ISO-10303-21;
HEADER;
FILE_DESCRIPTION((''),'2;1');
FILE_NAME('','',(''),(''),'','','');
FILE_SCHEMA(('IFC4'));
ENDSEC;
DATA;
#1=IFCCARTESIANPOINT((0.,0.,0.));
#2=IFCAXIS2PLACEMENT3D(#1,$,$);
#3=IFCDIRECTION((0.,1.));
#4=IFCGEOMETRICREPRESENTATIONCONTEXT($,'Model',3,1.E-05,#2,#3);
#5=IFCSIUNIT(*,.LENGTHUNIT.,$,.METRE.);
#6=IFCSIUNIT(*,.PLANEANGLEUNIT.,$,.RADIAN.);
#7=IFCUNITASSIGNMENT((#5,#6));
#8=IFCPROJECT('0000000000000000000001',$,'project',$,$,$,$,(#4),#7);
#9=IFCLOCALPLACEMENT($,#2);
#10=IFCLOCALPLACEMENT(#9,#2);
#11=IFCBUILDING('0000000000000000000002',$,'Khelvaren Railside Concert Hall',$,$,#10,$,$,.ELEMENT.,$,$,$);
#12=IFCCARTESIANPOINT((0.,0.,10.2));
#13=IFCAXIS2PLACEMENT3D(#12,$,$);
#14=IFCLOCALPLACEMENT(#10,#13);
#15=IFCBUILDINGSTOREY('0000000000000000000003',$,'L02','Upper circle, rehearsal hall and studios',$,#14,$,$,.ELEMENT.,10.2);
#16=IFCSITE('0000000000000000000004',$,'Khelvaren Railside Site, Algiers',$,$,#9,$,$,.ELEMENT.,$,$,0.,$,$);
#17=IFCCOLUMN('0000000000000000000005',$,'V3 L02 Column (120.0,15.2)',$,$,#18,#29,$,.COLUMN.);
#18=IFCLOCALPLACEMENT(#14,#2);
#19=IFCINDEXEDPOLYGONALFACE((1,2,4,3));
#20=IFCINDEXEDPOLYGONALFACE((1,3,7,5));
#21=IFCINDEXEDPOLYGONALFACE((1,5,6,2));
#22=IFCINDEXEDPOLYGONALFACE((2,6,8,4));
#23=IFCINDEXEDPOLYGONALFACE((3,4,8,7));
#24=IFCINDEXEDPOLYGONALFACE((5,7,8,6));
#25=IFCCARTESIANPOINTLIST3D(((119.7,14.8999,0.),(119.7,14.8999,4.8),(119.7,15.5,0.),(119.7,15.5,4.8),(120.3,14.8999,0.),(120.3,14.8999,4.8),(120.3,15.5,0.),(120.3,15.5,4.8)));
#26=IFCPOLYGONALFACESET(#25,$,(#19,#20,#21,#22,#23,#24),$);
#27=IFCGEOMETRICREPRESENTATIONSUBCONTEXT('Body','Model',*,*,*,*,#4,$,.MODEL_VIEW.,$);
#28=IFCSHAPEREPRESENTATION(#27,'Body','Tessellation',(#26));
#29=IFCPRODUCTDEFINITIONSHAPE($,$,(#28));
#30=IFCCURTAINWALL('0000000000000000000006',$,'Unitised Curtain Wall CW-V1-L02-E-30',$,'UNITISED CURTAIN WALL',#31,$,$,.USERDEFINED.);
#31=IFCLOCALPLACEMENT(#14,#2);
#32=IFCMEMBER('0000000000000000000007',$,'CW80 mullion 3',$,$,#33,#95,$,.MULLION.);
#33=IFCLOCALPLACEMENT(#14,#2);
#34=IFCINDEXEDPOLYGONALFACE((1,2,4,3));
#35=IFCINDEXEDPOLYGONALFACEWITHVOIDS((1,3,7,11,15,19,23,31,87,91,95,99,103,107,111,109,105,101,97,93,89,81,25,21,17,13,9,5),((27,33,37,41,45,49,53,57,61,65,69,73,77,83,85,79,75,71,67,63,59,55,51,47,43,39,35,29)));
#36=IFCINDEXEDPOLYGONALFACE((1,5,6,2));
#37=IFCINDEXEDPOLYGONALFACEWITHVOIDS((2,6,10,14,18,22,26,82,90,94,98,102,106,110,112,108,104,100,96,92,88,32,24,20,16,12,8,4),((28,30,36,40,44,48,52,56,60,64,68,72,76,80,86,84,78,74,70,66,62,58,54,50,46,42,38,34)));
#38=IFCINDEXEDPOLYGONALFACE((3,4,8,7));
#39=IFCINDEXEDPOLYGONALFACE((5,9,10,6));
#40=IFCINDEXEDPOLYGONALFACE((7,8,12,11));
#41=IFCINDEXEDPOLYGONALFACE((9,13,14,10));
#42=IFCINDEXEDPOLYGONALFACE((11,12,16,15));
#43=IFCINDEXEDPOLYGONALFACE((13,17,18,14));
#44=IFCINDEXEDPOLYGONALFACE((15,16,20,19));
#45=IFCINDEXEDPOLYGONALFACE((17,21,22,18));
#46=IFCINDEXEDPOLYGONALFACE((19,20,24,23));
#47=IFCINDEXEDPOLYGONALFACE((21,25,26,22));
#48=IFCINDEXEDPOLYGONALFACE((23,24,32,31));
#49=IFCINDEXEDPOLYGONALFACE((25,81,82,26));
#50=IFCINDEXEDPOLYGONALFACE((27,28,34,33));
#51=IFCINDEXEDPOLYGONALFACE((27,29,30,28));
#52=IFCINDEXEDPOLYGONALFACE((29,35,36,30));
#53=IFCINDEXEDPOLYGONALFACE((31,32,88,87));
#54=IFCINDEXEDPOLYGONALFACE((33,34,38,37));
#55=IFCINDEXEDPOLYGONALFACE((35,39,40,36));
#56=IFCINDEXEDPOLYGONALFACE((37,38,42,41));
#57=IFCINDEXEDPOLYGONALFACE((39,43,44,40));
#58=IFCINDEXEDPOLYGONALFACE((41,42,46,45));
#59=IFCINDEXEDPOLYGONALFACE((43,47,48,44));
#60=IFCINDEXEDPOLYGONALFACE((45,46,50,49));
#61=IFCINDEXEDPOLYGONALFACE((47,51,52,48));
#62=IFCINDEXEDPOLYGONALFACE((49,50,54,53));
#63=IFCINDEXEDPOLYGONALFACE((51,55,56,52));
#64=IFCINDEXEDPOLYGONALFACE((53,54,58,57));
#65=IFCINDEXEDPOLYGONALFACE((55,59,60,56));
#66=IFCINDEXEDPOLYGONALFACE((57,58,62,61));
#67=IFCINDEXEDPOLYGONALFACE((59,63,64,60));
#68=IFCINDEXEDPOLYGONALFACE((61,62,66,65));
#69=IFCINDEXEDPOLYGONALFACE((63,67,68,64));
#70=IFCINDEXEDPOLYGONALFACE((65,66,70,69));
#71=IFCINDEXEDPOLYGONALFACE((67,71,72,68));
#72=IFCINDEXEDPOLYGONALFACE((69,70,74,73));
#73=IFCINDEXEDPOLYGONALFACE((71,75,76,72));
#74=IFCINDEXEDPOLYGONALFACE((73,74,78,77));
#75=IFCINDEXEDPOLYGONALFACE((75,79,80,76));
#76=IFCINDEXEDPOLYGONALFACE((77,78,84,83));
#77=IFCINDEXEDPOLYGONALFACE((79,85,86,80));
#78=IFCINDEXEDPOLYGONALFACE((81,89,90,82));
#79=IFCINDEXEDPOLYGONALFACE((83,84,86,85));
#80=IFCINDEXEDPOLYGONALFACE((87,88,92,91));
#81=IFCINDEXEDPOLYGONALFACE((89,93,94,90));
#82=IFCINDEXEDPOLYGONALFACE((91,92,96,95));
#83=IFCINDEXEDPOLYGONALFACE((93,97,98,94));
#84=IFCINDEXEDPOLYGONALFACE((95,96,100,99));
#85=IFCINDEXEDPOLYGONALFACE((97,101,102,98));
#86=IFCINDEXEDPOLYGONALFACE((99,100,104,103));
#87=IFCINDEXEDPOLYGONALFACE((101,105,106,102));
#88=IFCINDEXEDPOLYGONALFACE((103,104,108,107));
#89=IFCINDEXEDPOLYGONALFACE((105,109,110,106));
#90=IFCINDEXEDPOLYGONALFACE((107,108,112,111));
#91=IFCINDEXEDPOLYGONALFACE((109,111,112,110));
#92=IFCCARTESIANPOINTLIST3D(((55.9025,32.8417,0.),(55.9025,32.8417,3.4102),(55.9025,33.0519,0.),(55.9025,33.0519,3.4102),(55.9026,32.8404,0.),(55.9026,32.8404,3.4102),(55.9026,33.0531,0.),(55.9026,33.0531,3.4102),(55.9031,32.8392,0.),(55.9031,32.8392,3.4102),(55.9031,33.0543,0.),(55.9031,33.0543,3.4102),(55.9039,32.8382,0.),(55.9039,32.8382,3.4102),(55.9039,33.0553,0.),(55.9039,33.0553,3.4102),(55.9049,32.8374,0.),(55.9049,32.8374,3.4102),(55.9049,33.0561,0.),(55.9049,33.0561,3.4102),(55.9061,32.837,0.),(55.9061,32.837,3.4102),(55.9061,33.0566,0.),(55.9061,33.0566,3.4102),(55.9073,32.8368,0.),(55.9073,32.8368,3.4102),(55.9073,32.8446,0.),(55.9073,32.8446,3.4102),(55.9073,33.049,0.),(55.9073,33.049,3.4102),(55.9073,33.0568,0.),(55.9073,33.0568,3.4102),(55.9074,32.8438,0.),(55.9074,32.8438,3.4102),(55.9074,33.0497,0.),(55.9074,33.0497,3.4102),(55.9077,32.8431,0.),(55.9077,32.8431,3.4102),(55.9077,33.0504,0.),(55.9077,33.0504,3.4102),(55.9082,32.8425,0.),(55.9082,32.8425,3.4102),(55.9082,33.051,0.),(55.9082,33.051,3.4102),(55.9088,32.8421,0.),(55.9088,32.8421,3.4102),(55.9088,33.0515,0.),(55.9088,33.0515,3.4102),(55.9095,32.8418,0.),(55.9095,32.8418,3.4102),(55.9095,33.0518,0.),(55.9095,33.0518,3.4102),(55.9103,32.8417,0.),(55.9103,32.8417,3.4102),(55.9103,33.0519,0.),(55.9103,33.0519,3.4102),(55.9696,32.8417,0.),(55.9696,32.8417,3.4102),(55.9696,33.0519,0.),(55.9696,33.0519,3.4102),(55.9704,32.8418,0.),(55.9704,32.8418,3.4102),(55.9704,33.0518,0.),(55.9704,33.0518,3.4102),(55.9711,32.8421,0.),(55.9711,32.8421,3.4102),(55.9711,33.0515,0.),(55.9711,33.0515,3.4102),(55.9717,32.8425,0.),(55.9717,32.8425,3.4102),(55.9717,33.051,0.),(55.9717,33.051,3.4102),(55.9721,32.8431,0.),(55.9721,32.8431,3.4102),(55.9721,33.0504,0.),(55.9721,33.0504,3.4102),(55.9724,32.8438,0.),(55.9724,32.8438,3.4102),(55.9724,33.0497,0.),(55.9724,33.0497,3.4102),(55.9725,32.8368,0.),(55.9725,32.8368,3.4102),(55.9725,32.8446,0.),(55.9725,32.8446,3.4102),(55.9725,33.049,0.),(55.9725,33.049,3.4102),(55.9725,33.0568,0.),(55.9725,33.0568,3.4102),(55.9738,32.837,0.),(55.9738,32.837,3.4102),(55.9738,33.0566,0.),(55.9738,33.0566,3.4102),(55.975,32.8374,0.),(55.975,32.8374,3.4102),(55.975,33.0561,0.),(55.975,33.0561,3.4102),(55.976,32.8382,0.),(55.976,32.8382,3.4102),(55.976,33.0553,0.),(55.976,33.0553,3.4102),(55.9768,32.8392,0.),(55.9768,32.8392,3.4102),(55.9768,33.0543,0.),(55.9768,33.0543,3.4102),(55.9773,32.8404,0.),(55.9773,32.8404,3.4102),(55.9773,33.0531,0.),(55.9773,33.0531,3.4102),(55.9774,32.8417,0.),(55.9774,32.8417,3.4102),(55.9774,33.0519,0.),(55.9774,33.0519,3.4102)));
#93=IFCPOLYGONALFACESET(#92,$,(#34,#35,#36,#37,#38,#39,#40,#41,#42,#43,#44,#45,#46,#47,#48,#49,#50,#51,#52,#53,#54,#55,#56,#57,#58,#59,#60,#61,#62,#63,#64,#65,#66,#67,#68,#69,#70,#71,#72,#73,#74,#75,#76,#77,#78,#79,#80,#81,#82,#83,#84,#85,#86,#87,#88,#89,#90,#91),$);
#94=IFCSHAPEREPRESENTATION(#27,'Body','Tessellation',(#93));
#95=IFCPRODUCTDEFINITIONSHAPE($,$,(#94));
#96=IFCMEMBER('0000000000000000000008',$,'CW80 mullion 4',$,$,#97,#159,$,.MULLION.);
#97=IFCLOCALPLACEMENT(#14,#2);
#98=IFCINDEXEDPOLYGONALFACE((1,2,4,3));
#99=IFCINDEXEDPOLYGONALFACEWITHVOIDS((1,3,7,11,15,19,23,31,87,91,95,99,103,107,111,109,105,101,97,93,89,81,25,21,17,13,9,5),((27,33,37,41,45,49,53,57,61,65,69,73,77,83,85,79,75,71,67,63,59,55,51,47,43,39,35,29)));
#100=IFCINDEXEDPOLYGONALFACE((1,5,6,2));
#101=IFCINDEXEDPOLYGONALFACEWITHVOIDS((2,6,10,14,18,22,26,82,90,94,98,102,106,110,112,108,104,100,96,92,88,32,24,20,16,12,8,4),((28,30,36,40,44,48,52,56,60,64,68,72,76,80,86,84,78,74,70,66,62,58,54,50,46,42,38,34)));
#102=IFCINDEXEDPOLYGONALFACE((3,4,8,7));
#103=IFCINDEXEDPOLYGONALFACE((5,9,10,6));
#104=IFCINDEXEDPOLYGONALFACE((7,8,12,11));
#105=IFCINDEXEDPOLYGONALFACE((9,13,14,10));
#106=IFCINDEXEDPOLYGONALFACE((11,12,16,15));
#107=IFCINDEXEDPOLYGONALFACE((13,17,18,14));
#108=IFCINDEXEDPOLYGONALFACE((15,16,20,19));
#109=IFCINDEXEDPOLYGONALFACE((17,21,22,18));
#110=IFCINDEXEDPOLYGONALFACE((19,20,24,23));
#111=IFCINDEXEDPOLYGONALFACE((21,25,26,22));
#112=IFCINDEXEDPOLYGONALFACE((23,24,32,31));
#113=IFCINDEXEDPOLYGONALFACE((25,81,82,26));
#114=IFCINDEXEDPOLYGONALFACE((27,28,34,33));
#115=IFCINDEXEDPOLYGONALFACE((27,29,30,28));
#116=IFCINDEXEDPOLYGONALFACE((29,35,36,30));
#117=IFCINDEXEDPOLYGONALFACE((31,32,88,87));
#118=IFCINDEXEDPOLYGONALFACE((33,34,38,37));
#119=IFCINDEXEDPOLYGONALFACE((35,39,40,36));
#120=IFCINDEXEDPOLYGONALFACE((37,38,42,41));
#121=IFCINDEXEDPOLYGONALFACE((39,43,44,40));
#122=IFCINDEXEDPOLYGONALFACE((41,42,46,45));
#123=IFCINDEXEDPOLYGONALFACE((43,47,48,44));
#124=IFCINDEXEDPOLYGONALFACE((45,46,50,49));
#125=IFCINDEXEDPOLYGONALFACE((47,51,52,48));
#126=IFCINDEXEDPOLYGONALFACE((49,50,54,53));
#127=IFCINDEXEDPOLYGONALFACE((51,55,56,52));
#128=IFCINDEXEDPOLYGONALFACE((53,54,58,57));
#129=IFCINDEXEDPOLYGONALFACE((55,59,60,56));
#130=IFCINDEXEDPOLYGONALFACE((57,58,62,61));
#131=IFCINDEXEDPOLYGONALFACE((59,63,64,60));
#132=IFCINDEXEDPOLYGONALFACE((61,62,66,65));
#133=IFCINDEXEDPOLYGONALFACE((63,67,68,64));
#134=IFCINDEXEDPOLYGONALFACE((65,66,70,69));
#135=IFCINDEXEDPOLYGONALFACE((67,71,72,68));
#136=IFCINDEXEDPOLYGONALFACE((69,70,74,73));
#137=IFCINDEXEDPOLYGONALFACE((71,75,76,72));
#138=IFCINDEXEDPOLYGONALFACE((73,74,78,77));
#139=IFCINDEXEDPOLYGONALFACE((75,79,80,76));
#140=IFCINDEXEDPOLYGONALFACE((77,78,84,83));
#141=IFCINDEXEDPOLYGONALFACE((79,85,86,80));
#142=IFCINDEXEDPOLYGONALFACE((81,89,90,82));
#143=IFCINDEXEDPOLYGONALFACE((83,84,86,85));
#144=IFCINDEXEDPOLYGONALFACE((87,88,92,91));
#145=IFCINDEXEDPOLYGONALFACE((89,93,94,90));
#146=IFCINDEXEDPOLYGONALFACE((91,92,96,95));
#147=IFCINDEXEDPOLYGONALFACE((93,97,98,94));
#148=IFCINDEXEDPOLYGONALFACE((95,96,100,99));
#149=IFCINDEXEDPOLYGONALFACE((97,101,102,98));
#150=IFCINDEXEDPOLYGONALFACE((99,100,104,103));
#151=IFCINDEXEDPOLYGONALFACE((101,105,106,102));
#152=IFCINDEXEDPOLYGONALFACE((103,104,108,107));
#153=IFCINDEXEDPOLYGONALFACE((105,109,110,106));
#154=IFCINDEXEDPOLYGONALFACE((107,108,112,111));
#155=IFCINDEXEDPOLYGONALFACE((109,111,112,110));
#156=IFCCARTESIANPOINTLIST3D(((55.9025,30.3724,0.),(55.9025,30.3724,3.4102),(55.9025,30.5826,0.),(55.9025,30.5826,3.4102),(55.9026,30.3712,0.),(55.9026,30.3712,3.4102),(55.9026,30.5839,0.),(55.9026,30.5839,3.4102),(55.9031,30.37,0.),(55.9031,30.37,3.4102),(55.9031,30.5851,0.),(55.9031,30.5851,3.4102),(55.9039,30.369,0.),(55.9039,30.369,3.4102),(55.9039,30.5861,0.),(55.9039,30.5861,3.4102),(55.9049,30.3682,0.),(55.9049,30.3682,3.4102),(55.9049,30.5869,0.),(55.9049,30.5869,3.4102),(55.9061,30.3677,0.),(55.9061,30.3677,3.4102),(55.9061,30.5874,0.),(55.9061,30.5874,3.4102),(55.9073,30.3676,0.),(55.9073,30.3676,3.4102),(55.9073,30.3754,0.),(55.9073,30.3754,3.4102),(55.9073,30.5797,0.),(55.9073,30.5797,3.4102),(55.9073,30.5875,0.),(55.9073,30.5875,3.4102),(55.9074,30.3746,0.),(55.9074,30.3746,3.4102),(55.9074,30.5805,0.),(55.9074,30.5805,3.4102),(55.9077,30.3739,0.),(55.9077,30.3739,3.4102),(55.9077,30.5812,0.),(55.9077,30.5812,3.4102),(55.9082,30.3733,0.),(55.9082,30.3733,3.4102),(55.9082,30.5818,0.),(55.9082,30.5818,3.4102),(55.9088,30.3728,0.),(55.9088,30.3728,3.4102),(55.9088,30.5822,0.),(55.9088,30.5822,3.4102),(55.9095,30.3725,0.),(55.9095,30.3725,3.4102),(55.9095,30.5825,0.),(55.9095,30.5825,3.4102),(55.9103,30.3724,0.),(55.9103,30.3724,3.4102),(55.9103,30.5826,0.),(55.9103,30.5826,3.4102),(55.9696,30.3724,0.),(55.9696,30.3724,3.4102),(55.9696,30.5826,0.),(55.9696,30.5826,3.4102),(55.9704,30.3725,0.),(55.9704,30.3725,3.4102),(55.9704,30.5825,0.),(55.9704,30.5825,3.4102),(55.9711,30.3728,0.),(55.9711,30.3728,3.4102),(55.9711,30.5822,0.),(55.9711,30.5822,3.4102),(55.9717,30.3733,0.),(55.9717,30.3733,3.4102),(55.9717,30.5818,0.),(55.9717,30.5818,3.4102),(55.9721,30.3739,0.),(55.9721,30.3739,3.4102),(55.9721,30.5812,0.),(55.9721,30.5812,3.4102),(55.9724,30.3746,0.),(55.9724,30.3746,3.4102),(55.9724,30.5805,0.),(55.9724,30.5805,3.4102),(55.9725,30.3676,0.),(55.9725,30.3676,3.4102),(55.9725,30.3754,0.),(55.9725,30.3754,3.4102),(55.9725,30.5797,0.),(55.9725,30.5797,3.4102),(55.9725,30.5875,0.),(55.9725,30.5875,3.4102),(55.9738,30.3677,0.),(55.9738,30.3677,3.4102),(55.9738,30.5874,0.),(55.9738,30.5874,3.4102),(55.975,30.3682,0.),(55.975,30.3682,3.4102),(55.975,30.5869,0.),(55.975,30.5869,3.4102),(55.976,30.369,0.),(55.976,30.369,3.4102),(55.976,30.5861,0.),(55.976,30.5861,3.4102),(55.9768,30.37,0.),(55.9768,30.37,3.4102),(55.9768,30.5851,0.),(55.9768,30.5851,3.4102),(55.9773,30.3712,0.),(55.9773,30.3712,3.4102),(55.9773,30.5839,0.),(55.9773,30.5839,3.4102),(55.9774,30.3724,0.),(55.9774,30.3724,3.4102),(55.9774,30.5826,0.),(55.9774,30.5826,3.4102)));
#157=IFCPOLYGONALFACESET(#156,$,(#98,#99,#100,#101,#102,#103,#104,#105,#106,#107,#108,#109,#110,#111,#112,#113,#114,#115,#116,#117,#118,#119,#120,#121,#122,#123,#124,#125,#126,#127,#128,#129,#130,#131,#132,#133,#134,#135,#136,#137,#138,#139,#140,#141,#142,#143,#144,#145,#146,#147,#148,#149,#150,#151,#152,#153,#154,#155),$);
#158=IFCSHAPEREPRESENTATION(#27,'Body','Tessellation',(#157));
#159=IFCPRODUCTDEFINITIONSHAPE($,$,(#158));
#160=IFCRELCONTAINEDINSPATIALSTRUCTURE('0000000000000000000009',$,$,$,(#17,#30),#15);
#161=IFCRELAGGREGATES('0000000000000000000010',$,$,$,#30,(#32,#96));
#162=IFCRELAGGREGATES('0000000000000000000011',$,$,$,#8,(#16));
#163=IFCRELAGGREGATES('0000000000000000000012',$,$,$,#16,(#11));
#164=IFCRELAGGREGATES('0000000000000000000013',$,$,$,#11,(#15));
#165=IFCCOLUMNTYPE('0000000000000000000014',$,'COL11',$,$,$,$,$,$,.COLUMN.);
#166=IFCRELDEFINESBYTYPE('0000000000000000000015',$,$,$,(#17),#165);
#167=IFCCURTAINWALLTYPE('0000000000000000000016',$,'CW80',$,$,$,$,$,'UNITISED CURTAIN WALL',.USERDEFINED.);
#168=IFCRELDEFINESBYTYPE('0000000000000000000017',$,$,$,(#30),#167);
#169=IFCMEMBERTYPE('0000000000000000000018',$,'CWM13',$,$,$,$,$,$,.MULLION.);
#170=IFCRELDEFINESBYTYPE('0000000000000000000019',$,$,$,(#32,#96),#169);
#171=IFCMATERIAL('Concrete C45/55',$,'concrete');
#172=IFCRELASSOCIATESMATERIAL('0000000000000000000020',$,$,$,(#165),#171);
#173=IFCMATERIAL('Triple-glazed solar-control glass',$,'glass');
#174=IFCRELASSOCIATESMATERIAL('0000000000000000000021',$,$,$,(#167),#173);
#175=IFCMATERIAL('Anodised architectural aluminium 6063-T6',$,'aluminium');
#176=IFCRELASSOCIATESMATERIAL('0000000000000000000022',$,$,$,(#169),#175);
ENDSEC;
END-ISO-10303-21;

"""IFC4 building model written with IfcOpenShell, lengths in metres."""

from ifc_helpers import new_model, si_unit, direction, frame, origin, origin_2d, place, context, subcontext, project, spatial, rectangle, hollow_rectangle, extrude, material, material_profile, profile_set, type_object, element, aggregate, save


model = new_model("IFC4")

# Units and contexts
model_context = context("Model", 3, precision=1e-05, world=origin(), true_north=direction((0.0, 1.0)))
body_context = subcontext(model_context, "Body", "Model", "MODEL_VIEW")
ifc_project = project(units=[si_unit("LENGTHUNIT", "METRE"), si_unit("PLANEANGLEUNIT", "RADIAN")], contexts=[model_context])

# Site, building, storey
site_placement = place(None, origin())
site = spatial("IfcSite", under=ifc_project, at=site_placement, Name="Khelvaren Railside Site, Algiers", CompositionType="ELEMENT", RefElevation=0.0)
building_placement = place(site_placement, origin())
building = spatial("IfcBuilding", under=site, at=building_placement, Name="Khelvaren Railside Concert Hall", CompositionType="ELEMENT")
storey_placement = place(building_placement, frame((0.0, 0.0, 10.2)))
storey = spatial("IfcBuildingStorey", under=building, at=storey_placement, Name="L02", Description="Upper circle, rehearsal hall and studios", CompositionType="ELEMENT", Elevation=10.2)

# Column
ifc_material_1 = material(Name="Concrete C45/55", Category="concrete")
ifc_material_profile_1 = material_profile(ifc_material_1, rectangle(XDim=0.6001, YDim=0.6001, at=origin_2d()), Name="RC 600x600")
ifc_profile_set_1 = profile_set([ifc_material_profile_1], Name="Concrete C45/55")
column_type = type_object("IfcColumnType", Name="COL11", PredefinedType="COLUMN", material=ifc_profile_set_1)
column_placement = place(storey_placement, frame((120.0, 15.2, 0.0), z_axis=(0.0, 0.0, 1.0), x_axis=(1.0, 0.0, 0.0)))
element("IfcColumn", 1, at=column_placement, inside=storey, type_object=column_type, Name="V3 L02 Column (120.0,15.2)", PredefinedType="COLUMN", context=body_context, shape_type="SweptSolid", body=[
    extrude(rectangle(XDim=0.6001, YDim=0.6001, at=origin_2d()), origin(), (0.0, 0.0, 1.0), 4.8),
])

# Curtain wall, members
ifc_material_2 = material(Name="Triple-glazed solar-control glass", Category="glass")
curtain_wall_type_1 = type_object("IfcCurtainWallType", Name="CW80", ElementType="UNITISED CURTAIN WALL", PredefinedType="USERDEFINED", material=ifc_material_2)
curtain_wall_1_placement = place(storey_placement, origin())
curtain_wall_1 = element("IfcCurtainWall", 2, at=curtain_wall_1_placement, inside=storey, type_object=curtain_wall_type_1, Name="Unitised Curtain Wall CW-V1-L02-E-30", ObjectType="UNITISED CURTAIN WALL", PredefinedType="USERDEFINED")
ifc_material_3 = material(Name="Anodised architectural aluminium 6063-T6", Category="aluminium")
ifc_material_profile_2 = material_profile(ifc_material_3, hollow_rectangle(XDim=0.075, YDim=0.22, WallThickness=0.0049, InnerFilletRadius=0.0029, OuterFilletRadius=0.0049, at=origin_2d()), Name="CWM 75x220x5")
ifc_profile_set_2 = profile_set([ifc_material_profile_2], Name="Anodised architectural aluminium 6063-T6")
member_type_1 = type_object("IfcMemberType", Name="CWM13", PredefinedType="MULLION", material=ifc_profile_set_2)
member_1_placement = place(storey_placement, frame((55.9399, 32.9468, 0.0), z_axis=(0.0, 0.0, 1.0), x_axis=(1.0, 0.0, 0.0)))
member_1 = element("IfcMember", 3, at=member_1_placement, type_object=member_type_1, Name="CW80 mullion 3", PredefinedType="MULLION", context=body_context, shape_type="SweptSolid", body=[
    extrude(hollow_rectangle(XDim=0.075, YDim=0.22, WallThickness=0.0049, InnerFilletRadius=0.0029, OuterFilletRadius=0.0049, at=origin_2d()), origin(), (0.0, 0.0, 1.0), 3.4102),
])
member_2_placement = place(storey_placement, frame((55.9399, 30.4775, 0.0), z_axis=(0.0, 0.0, 1.0), x_axis=(1.0, 0.0, 0.0)))
member_2 = element("IfcMember", 4, at=member_2_placement, type_object=member_type_1, Name="CW80 mullion 4", PredefinedType="MULLION", context=body_context, shape_type="SweptSolid", body=[
    extrude(hollow_rectangle(XDim=0.075, YDim=0.22, WallThickness=0.0049, InnerFilletRadius=0.0029, OuterFilletRadius=0.0049, at=origin_2d()), origin(), (0.0, 0.0, 1.0), 3.4102),
])

aggregate(curtain_wall_1, [member_1, member_2])

save(model, "model.ifc")
